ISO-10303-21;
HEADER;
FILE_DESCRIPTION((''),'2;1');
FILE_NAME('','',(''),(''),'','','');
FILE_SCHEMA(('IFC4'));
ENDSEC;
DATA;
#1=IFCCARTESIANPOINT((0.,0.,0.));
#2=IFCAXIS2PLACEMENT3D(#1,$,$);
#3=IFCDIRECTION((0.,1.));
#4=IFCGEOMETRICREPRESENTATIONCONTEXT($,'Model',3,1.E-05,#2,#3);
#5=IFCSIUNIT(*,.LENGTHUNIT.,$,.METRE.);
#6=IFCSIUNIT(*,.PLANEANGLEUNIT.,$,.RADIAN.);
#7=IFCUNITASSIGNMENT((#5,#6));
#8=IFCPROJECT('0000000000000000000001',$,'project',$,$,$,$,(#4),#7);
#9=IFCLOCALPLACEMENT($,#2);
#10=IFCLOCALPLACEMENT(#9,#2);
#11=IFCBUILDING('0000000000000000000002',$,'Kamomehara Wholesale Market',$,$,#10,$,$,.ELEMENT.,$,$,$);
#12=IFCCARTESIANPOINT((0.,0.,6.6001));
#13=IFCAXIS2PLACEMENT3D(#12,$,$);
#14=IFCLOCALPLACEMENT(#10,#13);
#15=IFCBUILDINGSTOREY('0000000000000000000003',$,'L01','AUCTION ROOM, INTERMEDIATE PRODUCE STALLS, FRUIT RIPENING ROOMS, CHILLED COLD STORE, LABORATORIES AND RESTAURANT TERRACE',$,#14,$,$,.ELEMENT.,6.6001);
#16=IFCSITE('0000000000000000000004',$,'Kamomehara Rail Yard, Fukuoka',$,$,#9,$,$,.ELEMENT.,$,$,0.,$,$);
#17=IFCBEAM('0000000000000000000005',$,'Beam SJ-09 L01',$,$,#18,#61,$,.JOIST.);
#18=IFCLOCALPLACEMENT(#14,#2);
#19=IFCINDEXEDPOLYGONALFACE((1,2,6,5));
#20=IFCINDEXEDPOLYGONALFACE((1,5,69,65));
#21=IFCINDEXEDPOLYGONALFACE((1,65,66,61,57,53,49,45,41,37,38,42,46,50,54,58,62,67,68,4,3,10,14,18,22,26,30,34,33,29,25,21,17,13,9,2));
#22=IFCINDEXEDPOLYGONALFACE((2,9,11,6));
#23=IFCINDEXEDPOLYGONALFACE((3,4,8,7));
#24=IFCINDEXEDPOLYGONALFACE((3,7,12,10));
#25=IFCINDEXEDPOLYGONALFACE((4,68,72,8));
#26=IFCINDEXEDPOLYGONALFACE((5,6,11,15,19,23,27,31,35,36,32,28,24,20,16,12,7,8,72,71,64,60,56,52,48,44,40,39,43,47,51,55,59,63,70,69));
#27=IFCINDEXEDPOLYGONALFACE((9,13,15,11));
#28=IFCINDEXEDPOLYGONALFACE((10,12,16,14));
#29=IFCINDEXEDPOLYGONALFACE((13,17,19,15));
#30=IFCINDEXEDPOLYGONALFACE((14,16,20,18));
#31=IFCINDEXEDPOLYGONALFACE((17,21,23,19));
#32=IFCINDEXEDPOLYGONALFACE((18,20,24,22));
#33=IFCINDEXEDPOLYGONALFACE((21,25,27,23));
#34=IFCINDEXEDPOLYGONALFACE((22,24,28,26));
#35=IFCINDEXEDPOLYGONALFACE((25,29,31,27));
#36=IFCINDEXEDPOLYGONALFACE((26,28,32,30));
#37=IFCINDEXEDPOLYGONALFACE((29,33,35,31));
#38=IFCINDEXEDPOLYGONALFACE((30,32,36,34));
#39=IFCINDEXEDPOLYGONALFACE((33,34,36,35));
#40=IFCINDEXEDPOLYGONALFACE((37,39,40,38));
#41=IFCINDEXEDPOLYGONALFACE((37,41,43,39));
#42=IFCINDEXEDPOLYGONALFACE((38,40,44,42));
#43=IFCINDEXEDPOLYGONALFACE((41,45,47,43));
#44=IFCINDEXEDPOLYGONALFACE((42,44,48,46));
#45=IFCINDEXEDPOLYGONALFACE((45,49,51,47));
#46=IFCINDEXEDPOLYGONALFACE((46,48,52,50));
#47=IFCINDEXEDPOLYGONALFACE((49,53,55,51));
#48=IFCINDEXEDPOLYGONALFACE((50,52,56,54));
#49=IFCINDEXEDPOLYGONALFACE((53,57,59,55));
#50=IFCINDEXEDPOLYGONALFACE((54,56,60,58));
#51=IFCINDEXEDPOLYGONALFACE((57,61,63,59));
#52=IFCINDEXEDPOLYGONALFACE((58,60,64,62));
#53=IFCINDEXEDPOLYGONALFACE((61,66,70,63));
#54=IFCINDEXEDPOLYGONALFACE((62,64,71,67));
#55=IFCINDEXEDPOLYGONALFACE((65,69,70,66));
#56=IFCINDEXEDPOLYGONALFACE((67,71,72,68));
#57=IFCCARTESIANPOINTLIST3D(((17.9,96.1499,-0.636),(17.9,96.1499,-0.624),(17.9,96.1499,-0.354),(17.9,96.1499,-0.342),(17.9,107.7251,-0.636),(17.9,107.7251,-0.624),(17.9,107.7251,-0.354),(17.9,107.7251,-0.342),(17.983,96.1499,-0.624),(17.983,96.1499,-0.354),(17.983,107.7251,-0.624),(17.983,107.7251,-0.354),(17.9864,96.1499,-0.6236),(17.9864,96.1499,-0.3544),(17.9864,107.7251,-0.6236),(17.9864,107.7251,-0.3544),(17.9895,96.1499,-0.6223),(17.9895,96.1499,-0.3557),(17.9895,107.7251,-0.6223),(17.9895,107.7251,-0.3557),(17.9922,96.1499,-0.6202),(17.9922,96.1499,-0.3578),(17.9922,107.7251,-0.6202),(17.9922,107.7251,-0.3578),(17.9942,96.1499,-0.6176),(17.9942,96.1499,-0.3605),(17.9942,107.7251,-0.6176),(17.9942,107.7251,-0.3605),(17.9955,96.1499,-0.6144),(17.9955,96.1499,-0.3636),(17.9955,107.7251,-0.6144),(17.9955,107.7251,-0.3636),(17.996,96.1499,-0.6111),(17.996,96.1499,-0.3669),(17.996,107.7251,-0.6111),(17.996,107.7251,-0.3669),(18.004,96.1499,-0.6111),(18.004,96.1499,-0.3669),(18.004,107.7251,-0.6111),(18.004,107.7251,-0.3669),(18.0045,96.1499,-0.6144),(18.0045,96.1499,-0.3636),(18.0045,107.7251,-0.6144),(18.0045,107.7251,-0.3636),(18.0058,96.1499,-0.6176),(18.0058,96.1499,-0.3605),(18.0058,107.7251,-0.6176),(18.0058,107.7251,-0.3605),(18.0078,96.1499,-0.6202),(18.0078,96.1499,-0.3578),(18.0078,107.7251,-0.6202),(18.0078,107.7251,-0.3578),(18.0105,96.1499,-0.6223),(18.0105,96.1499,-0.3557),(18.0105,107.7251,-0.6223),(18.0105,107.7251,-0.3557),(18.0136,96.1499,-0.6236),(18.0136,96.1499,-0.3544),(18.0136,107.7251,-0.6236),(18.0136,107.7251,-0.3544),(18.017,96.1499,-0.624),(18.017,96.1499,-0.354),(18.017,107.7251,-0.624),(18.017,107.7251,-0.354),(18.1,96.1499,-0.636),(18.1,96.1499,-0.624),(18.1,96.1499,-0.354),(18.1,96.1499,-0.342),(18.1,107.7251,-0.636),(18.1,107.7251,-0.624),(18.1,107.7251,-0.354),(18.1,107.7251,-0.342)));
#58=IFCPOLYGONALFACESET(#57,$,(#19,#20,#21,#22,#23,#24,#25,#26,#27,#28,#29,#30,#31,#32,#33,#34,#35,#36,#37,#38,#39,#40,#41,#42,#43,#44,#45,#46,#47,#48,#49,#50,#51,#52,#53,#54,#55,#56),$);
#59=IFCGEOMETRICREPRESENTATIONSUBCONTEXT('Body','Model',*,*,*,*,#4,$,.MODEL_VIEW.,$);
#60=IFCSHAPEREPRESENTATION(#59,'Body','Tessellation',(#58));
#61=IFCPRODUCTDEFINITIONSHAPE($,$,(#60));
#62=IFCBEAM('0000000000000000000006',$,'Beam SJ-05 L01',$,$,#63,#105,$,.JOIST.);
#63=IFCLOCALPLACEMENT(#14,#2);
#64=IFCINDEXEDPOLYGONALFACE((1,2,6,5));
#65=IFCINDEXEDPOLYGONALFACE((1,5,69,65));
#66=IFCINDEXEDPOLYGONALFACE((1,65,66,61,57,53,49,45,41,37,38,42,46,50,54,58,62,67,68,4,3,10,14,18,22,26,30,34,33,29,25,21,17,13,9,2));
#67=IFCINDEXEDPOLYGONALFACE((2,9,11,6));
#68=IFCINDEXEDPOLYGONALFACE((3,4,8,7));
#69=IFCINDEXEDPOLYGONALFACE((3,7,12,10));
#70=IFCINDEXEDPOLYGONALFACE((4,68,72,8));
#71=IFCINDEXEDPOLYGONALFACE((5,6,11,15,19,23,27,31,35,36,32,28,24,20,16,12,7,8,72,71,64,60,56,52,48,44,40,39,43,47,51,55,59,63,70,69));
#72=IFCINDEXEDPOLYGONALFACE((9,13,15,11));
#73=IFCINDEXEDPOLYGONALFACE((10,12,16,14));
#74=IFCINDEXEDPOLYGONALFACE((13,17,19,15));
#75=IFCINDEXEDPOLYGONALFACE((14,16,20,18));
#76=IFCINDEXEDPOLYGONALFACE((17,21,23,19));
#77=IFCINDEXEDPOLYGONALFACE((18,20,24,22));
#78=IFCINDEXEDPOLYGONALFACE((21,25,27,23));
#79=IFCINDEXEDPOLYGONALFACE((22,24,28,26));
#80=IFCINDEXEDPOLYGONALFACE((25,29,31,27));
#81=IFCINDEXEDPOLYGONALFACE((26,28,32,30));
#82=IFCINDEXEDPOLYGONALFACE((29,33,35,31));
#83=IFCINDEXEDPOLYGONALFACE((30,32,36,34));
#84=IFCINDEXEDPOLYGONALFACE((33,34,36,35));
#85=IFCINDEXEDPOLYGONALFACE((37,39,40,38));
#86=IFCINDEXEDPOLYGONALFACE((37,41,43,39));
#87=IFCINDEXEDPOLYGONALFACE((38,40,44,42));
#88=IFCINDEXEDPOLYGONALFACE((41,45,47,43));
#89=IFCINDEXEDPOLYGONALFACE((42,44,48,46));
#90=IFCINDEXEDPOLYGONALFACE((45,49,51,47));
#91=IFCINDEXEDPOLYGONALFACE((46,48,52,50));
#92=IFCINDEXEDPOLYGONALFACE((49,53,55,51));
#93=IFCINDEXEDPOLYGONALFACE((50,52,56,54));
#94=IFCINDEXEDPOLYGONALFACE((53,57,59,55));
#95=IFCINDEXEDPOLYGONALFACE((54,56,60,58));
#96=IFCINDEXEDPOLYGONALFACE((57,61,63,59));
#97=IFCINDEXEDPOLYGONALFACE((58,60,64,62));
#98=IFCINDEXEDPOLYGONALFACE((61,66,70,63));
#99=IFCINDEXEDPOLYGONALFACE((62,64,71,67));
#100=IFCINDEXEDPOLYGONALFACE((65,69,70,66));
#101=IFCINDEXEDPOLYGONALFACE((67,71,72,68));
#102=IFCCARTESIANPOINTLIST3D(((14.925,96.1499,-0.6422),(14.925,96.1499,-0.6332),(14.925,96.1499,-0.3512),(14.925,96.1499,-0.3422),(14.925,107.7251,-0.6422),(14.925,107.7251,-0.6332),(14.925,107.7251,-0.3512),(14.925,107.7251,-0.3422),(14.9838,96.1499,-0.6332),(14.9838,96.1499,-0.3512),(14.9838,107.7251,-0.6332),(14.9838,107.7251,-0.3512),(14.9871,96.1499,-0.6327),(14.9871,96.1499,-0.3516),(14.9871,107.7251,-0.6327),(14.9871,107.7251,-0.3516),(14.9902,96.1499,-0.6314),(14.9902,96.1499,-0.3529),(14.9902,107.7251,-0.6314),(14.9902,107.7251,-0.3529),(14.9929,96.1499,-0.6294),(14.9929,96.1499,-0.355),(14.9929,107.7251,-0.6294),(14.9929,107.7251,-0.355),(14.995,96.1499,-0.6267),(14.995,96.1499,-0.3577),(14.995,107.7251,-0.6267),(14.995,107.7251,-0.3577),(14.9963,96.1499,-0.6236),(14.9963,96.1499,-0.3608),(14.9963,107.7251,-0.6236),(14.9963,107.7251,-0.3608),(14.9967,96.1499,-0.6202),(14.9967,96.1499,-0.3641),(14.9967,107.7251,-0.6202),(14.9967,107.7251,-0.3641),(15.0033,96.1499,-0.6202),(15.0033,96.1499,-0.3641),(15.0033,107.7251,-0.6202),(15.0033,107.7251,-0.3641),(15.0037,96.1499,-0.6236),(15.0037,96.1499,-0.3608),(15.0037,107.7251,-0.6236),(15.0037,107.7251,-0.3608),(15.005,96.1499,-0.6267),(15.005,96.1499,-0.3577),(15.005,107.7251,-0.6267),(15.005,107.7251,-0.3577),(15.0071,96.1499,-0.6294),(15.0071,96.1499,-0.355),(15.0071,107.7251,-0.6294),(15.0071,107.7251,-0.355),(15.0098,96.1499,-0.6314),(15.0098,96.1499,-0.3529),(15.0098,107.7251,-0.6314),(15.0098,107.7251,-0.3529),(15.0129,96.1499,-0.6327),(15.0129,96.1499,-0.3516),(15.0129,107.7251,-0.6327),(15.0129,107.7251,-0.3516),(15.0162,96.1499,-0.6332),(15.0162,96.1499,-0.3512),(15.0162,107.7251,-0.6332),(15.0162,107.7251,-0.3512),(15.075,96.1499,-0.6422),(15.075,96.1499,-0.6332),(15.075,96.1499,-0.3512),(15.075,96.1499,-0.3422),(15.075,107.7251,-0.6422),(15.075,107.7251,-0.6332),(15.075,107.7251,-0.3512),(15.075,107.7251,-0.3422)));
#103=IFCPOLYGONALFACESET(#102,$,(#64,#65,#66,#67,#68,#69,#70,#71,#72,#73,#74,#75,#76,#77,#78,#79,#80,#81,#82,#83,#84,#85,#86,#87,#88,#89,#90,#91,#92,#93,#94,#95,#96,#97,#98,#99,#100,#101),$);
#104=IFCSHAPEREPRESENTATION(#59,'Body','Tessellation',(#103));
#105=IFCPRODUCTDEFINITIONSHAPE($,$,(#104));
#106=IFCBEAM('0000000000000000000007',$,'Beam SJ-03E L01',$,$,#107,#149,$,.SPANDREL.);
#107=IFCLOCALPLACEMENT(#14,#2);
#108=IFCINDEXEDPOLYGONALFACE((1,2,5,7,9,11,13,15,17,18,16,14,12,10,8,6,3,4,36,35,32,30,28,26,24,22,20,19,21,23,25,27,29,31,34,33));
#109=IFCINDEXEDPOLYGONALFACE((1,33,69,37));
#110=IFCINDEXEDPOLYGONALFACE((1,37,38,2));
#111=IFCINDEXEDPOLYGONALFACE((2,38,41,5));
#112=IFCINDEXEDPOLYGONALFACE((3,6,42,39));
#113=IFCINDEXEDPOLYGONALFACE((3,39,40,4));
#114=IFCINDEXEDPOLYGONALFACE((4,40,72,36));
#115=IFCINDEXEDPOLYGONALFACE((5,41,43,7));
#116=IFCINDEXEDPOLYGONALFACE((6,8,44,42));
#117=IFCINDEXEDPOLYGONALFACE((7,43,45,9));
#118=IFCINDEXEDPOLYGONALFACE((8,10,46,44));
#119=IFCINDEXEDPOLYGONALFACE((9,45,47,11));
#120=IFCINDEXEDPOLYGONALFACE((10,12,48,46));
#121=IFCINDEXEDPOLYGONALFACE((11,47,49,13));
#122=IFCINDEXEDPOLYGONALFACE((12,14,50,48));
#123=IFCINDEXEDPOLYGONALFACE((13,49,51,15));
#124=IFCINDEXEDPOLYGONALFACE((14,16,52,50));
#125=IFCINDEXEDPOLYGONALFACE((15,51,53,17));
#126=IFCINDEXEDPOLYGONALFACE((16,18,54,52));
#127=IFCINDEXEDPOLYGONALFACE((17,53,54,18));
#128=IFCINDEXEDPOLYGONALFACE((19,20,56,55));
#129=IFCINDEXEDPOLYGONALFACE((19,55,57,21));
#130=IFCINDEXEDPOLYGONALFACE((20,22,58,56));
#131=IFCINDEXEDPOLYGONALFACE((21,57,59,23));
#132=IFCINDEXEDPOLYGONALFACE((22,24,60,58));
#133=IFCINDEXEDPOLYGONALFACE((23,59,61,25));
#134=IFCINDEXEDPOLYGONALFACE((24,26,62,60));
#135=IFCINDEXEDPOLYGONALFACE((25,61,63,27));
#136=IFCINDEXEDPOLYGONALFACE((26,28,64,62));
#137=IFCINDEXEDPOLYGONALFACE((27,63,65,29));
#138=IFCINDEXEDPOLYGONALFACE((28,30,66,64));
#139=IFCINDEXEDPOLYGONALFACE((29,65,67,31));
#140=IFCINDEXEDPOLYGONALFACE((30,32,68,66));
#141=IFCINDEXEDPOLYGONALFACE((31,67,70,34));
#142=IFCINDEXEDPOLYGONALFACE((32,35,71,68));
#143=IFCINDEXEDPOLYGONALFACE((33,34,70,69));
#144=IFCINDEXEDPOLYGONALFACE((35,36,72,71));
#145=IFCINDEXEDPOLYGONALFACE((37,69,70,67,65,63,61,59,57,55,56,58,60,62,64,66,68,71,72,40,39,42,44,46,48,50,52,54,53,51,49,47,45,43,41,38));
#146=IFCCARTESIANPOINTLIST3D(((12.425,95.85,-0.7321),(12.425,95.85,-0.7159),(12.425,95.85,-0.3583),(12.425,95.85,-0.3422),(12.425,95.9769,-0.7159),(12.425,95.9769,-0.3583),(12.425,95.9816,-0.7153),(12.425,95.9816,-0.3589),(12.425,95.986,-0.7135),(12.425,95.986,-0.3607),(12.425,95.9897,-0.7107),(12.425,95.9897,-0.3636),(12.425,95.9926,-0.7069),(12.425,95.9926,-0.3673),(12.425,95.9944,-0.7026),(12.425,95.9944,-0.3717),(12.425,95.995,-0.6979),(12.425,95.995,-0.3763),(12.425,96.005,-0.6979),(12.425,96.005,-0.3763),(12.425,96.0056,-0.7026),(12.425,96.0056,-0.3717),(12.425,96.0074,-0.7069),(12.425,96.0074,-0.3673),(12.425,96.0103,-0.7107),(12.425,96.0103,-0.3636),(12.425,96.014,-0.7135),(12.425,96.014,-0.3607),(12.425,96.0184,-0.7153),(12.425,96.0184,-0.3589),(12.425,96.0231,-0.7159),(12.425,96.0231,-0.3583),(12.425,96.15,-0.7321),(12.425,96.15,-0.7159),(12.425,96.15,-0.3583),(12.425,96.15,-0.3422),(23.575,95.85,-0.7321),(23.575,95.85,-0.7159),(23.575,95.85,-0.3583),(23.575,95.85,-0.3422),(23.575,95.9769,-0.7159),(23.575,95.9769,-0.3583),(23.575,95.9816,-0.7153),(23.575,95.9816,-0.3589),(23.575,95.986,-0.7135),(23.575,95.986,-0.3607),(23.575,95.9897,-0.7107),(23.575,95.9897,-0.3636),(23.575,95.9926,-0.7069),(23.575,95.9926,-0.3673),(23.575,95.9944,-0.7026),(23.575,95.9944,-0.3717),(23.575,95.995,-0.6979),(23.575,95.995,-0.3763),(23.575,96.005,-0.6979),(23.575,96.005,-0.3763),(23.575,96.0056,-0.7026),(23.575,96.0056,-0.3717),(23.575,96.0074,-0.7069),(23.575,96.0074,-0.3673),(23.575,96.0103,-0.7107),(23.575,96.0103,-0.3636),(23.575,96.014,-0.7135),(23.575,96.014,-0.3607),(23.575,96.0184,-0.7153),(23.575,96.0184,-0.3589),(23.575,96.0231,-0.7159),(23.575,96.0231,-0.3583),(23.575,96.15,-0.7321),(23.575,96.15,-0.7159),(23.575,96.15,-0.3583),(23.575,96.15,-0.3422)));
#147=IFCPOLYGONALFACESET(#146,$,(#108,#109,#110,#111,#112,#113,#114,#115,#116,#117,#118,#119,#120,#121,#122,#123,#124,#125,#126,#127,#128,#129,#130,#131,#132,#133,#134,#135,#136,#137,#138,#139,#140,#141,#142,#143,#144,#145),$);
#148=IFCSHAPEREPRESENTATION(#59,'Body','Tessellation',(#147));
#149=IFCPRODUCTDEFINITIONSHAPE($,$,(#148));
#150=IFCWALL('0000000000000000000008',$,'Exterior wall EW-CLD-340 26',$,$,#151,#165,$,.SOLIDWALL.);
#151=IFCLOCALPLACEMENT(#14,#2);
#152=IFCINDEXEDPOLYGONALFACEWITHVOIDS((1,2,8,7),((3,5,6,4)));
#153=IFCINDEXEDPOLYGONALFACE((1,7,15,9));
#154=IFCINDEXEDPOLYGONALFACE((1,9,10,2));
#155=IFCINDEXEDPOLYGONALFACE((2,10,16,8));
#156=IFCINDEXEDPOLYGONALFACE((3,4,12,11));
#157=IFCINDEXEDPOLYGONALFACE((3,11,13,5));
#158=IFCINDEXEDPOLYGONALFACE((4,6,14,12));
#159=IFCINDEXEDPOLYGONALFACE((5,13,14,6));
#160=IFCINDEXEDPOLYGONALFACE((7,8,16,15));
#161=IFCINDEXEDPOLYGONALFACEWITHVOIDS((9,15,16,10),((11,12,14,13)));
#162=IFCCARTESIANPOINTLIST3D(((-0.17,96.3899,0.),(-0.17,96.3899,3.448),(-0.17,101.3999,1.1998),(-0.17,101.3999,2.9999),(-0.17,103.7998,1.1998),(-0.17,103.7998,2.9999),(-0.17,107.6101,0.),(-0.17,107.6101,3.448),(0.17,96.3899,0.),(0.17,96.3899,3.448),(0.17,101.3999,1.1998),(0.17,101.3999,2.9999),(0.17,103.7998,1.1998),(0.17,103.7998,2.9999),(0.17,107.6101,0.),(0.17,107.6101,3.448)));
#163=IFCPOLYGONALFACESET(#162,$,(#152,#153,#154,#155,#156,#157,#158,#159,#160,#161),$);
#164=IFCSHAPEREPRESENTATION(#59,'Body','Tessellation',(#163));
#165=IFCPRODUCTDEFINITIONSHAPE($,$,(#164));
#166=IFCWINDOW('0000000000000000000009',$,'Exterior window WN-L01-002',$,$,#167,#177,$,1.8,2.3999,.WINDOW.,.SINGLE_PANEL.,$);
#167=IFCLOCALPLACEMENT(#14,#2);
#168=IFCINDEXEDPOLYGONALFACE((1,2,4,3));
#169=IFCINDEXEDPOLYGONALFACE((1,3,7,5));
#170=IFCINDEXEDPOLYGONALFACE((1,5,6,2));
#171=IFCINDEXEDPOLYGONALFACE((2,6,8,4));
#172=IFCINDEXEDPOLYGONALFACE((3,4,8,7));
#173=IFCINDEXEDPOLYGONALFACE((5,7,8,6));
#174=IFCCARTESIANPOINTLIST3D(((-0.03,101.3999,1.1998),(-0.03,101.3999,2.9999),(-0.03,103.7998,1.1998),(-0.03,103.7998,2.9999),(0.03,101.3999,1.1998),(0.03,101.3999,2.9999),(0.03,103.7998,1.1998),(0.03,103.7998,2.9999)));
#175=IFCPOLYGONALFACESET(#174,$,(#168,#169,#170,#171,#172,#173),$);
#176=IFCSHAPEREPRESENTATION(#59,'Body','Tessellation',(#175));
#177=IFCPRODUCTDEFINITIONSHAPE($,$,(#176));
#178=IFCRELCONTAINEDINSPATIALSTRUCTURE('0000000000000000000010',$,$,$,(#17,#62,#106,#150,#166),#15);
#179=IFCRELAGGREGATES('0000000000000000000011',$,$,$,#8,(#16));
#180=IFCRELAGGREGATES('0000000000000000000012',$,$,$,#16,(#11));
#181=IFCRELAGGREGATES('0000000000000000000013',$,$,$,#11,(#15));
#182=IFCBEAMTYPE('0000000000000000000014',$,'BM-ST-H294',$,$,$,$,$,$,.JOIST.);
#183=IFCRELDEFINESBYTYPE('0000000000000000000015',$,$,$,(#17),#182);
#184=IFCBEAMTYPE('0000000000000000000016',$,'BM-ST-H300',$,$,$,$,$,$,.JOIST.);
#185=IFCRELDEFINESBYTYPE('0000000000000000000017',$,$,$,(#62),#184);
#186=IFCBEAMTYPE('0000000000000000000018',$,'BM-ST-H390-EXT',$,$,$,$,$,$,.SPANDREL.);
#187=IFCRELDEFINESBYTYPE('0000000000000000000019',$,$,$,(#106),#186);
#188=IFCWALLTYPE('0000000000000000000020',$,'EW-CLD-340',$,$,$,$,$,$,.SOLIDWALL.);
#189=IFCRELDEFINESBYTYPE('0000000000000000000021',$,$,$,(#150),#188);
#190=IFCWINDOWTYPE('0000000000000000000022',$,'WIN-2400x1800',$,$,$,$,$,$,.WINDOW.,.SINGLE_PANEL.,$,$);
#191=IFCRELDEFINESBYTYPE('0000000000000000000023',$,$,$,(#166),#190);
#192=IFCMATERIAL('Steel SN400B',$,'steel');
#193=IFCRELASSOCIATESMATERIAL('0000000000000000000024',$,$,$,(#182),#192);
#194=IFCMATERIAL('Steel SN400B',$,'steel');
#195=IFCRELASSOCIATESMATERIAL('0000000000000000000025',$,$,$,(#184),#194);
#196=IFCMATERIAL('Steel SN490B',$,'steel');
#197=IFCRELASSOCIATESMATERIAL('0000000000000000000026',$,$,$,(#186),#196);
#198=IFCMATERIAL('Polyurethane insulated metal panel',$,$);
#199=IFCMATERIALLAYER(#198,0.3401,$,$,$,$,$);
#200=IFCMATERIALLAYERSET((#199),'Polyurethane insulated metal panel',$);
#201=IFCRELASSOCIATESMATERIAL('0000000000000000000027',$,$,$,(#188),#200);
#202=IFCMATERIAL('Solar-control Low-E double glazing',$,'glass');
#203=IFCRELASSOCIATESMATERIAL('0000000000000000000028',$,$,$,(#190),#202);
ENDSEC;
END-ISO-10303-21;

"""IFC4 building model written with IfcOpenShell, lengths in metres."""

from ifc_helpers import new_model, si_unit, direction, frame, frame_2d, origin, origin_2d, place, context, subcontext, project, spatial, rectangle, i_section, extrude, material, layer, layer_set, material_profile, profile_set, type_object, element, fill, save


model = new_model("IFC4")

# Units and contexts
model_context = context("Model", 3, precision=1e-05, world=origin(), true_north=direction((0.0, 1.0)))
body_context = subcontext(model_context, "Body", "Model", "MODEL_VIEW")
ifc_project = project(units=[si_unit("LENGTHUNIT", "METRE"), si_unit("PLANEANGLEUNIT", "RADIAN")], contexts=[model_context])

# Site, building, storey
site_placement = place(None, origin())
site = spatial("IfcSite", under=ifc_project, at=site_placement, Name="Kamomehara Rail Yard, Fukuoka", CompositionType="ELEMENT", RefElevation=0.0)
building_placement = place(site_placement, origin())
building = spatial("IfcBuilding", under=site, at=building_placement, Name="Kamomehara Wholesale Market", CompositionType="ELEMENT")
storey_placement = place(building_placement, frame((0.0, 0.0, 6.6001)))
storey = spatial("IfcBuildingStorey", under=building, at=storey_placement, Name="L01", Description="AUCTION ROOM, INTERMEDIATE PRODUCE STALLS, FRUIT RIPENING ROOMS, CHILLED COLD STORE, LABORATORIES AND RESTAURANT TERRACE", CompositionType="ELEMENT", Elevation=6.6001)

# Beams
ifc_material_1 = material(Name="Steel SN400B", Category="steel")
ifc_material_profile_1 = material_profile(ifc_material_1, i_section(OverallWidth=0.2, OverallDepth=0.2939, WebThickness=0.0081, FlangeThickness=0.012, FilletRadius=0.0129, at=origin_2d()), Name="H-294x200x8x12")
ifc_profile_set_1 = profile_set([ifc_material_profile_1], Name="Steel SN400B")
beam_type_1 = type_object("IfcBeamType", Name="BM-ST-H294", PredefinedType="JOIST", material=ifc_profile_set_1)
beam_1_placement = place(storey_placement, frame((18.0, 96.1499, -0.489), z_axis=(0.0, 1.0, 0.0), x_axis=(-1.0, 0.0, 0.0)))
element("IfcBeam", 1, at=beam_1_placement, inside=storey, type_object=beam_type_1, Name="Beam SJ-09 L01", PredefinedType="JOIST", context=body_context, shape_type="SweptSolid", body=[
    extrude(i_section(OverallWidth=0.2, OverallDepth=0.2939, WebThickness=0.0081, FlangeThickness=0.012, FilletRadius=0.0129, at=origin_2d()), origin(), (0.0, 0.0, 1.0), 11.5752),
])
ifc_material_2 = material(Name="Steel SN400B", Category="steel")
ifc_material_profile_2 = material_profile(ifc_material_2, i_section(OverallWidth=0.1499, OverallDepth=0.3, WebThickness=0.0066, FlangeThickness=0.009, FilletRadius=0.0129, at=origin_2d()), Name="H-300x150x6.5x9")
ifc_profile_set_2 = profile_set([ifc_material_profile_2], Name="Steel SN400B")
beam_type_2 = type_object("IfcBeamType", Name="BM-ST-H300", PredefinedType="JOIST", material=ifc_profile_set_2)
beam_2_placement = place(storey_placement, frame((15.0, 96.1499, -0.4922), z_axis=(0.0, 1.0, 0.0), x_axis=(-1.0, 0.0, 0.0)))
element("IfcBeam", 2, at=beam_2_placement, inside=storey, type_object=beam_type_2, Name="Beam SJ-05 L01", PredefinedType="JOIST", context=body_context, shape_type="SweptSolid", body=[
    extrude(i_section(OverallWidth=0.1499, OverallDepth=0.3, WebThickness=0.0066, FlangeThickness=0.009, FilletRadius=0.0129, at=origin_2d()), origin(), (0.0, 0.0, 1.0), 11.5752),
])
ifc_material_3 = material(Name="Steel SN490B", Category="steel")
ifc_material_profile_3 = material_profile(ifc_material_3, i_section(OverallWidth=0.3, OverallDepth=0.3899, WebThickness=0.01, FlangeThickness=0.0161, FilletRadius=0.0181, at=origin_2d()), Name="H-390x300x10x16")
ifc_profile_set_3 = profile_set([ifc_material_profile_3], Name="Steel SN490B")
beam_type_3 = type_object("IfcBeamType", Name="BM-ST-H390-EXT", PredefinedType="SPANDREL", material=ifc_profile_set_3)
beam_3_placement = place(storey_placement, frame((12.425, 96.0, -0.5371), z_axis=(1.0, 0.0, 0.0), x_axis=(0.0, 1.0, 0.0)))
element("IfcBeam", 3, at=beam_3_placement, inside=storey, type_object=beam_type_3, Name="Beam SJ-03E L01", PredefinedType="SPANDREL", context=body_context, shape_type="SweptSolid", body=[
    extrude(i_section(OverallWidth=0.3, OverallDepth=0.3899, WebThickness=0.01, FlangeThickness=0.0161, FilletRadius=0.0181, at=origin_2d()), origin(), (0.0, 0.0, 1.0), 11.1499),
])

# Wall, opening, window
ifc_material_4 = material(Name="Polyurethane insulated metal panel")
ifc_layer_1 = layer(ifc_material_4, 0.3401)
ifc_layer_set_1 = layer_set([ifc_layer_1], Name="Polyurethane insulated metal panel")
wall_type_1 = type_object("IfcWallType", Name="EW-CLD-340", PredefinedType="SOLIDWALL", material=ifc_layer_set_1)
wall_1_placement = place(storey_placement, frame((0.0, 96.3899, 0.0), z_axis=(0.0, 0.0, 1.0), x_axis=(0.0, 1.0, 0.0)))
wall_1 = element("IfcWall", 4, at=wall_1_placement, inside=storey, type_object=wall_type_1, Name="Exterior wall EW-CLD-340 26", PredefinedType="SOLIDWALL", context=body_context, shape_type="SweptSolid", body=[
    extrude(rectangle(XDim=11.2202, YDim=0.3401, at=frame_2d((5.6101, 0.0))), origin(), (0.0, 0.0, 1.0), 3.448),
])
opening_1_placement = place(wall_1_placement, frame((5.01, 0.0, 1.2)))
opening_1 = element("IfcOpeningElement", 5, at=opening_1_placement, cuts=wall_1, PredefinedType="OPENING", context=body_context, shape_type="SweptSolid", body=[
    extrude(rectangle(XDim=2.3999, YDim=1.8, at=frame_2d((1.2, 0.8999))), frame((0.0, 0.1851, 0.0), z_axis=(0.0, -1.0, 0.0), x_axis=(1.0, 0.0, 0.0)), (0.0, 0.0, 1.0), 0.3699),
])
ifc_material_5 = material(Name="Solar-control Low-E double glazing", Category="glass")
window_type = type_object("IfcWindowType", Name="WIN-2400x1800", PartitioningType="SINGLE_PANEL", PredefinedType="WINDOW", material=ifc_material_5)
window_placement = place(opening_1_placement, origin())
window = element("IfcWindow", 6, at=window_placement, inside=storey, type_object=window_type, Name="Exterior window WN-L01-002", OverallHeight=1.8, OverallWidth=2.3999, PartitioningType="SINGLE_PANEL", PredefinedType="WINDOW", context=body_context, shape_type="SweptSolid", body=[
    extrude(rectangle(XDim=2.3999, YDim=1.8, at=frame_2d((1.2, 0.8999))), frame((0.0, 0.03, 0.0), z_axis=(0.0, -1.0, 0.0), x_axis=(1.0, 0.0, 0.0)), (0.0, 0.0, 1.0), 0.0601),
])
fill(opening_1, window)

save(model, "model.ifc")
